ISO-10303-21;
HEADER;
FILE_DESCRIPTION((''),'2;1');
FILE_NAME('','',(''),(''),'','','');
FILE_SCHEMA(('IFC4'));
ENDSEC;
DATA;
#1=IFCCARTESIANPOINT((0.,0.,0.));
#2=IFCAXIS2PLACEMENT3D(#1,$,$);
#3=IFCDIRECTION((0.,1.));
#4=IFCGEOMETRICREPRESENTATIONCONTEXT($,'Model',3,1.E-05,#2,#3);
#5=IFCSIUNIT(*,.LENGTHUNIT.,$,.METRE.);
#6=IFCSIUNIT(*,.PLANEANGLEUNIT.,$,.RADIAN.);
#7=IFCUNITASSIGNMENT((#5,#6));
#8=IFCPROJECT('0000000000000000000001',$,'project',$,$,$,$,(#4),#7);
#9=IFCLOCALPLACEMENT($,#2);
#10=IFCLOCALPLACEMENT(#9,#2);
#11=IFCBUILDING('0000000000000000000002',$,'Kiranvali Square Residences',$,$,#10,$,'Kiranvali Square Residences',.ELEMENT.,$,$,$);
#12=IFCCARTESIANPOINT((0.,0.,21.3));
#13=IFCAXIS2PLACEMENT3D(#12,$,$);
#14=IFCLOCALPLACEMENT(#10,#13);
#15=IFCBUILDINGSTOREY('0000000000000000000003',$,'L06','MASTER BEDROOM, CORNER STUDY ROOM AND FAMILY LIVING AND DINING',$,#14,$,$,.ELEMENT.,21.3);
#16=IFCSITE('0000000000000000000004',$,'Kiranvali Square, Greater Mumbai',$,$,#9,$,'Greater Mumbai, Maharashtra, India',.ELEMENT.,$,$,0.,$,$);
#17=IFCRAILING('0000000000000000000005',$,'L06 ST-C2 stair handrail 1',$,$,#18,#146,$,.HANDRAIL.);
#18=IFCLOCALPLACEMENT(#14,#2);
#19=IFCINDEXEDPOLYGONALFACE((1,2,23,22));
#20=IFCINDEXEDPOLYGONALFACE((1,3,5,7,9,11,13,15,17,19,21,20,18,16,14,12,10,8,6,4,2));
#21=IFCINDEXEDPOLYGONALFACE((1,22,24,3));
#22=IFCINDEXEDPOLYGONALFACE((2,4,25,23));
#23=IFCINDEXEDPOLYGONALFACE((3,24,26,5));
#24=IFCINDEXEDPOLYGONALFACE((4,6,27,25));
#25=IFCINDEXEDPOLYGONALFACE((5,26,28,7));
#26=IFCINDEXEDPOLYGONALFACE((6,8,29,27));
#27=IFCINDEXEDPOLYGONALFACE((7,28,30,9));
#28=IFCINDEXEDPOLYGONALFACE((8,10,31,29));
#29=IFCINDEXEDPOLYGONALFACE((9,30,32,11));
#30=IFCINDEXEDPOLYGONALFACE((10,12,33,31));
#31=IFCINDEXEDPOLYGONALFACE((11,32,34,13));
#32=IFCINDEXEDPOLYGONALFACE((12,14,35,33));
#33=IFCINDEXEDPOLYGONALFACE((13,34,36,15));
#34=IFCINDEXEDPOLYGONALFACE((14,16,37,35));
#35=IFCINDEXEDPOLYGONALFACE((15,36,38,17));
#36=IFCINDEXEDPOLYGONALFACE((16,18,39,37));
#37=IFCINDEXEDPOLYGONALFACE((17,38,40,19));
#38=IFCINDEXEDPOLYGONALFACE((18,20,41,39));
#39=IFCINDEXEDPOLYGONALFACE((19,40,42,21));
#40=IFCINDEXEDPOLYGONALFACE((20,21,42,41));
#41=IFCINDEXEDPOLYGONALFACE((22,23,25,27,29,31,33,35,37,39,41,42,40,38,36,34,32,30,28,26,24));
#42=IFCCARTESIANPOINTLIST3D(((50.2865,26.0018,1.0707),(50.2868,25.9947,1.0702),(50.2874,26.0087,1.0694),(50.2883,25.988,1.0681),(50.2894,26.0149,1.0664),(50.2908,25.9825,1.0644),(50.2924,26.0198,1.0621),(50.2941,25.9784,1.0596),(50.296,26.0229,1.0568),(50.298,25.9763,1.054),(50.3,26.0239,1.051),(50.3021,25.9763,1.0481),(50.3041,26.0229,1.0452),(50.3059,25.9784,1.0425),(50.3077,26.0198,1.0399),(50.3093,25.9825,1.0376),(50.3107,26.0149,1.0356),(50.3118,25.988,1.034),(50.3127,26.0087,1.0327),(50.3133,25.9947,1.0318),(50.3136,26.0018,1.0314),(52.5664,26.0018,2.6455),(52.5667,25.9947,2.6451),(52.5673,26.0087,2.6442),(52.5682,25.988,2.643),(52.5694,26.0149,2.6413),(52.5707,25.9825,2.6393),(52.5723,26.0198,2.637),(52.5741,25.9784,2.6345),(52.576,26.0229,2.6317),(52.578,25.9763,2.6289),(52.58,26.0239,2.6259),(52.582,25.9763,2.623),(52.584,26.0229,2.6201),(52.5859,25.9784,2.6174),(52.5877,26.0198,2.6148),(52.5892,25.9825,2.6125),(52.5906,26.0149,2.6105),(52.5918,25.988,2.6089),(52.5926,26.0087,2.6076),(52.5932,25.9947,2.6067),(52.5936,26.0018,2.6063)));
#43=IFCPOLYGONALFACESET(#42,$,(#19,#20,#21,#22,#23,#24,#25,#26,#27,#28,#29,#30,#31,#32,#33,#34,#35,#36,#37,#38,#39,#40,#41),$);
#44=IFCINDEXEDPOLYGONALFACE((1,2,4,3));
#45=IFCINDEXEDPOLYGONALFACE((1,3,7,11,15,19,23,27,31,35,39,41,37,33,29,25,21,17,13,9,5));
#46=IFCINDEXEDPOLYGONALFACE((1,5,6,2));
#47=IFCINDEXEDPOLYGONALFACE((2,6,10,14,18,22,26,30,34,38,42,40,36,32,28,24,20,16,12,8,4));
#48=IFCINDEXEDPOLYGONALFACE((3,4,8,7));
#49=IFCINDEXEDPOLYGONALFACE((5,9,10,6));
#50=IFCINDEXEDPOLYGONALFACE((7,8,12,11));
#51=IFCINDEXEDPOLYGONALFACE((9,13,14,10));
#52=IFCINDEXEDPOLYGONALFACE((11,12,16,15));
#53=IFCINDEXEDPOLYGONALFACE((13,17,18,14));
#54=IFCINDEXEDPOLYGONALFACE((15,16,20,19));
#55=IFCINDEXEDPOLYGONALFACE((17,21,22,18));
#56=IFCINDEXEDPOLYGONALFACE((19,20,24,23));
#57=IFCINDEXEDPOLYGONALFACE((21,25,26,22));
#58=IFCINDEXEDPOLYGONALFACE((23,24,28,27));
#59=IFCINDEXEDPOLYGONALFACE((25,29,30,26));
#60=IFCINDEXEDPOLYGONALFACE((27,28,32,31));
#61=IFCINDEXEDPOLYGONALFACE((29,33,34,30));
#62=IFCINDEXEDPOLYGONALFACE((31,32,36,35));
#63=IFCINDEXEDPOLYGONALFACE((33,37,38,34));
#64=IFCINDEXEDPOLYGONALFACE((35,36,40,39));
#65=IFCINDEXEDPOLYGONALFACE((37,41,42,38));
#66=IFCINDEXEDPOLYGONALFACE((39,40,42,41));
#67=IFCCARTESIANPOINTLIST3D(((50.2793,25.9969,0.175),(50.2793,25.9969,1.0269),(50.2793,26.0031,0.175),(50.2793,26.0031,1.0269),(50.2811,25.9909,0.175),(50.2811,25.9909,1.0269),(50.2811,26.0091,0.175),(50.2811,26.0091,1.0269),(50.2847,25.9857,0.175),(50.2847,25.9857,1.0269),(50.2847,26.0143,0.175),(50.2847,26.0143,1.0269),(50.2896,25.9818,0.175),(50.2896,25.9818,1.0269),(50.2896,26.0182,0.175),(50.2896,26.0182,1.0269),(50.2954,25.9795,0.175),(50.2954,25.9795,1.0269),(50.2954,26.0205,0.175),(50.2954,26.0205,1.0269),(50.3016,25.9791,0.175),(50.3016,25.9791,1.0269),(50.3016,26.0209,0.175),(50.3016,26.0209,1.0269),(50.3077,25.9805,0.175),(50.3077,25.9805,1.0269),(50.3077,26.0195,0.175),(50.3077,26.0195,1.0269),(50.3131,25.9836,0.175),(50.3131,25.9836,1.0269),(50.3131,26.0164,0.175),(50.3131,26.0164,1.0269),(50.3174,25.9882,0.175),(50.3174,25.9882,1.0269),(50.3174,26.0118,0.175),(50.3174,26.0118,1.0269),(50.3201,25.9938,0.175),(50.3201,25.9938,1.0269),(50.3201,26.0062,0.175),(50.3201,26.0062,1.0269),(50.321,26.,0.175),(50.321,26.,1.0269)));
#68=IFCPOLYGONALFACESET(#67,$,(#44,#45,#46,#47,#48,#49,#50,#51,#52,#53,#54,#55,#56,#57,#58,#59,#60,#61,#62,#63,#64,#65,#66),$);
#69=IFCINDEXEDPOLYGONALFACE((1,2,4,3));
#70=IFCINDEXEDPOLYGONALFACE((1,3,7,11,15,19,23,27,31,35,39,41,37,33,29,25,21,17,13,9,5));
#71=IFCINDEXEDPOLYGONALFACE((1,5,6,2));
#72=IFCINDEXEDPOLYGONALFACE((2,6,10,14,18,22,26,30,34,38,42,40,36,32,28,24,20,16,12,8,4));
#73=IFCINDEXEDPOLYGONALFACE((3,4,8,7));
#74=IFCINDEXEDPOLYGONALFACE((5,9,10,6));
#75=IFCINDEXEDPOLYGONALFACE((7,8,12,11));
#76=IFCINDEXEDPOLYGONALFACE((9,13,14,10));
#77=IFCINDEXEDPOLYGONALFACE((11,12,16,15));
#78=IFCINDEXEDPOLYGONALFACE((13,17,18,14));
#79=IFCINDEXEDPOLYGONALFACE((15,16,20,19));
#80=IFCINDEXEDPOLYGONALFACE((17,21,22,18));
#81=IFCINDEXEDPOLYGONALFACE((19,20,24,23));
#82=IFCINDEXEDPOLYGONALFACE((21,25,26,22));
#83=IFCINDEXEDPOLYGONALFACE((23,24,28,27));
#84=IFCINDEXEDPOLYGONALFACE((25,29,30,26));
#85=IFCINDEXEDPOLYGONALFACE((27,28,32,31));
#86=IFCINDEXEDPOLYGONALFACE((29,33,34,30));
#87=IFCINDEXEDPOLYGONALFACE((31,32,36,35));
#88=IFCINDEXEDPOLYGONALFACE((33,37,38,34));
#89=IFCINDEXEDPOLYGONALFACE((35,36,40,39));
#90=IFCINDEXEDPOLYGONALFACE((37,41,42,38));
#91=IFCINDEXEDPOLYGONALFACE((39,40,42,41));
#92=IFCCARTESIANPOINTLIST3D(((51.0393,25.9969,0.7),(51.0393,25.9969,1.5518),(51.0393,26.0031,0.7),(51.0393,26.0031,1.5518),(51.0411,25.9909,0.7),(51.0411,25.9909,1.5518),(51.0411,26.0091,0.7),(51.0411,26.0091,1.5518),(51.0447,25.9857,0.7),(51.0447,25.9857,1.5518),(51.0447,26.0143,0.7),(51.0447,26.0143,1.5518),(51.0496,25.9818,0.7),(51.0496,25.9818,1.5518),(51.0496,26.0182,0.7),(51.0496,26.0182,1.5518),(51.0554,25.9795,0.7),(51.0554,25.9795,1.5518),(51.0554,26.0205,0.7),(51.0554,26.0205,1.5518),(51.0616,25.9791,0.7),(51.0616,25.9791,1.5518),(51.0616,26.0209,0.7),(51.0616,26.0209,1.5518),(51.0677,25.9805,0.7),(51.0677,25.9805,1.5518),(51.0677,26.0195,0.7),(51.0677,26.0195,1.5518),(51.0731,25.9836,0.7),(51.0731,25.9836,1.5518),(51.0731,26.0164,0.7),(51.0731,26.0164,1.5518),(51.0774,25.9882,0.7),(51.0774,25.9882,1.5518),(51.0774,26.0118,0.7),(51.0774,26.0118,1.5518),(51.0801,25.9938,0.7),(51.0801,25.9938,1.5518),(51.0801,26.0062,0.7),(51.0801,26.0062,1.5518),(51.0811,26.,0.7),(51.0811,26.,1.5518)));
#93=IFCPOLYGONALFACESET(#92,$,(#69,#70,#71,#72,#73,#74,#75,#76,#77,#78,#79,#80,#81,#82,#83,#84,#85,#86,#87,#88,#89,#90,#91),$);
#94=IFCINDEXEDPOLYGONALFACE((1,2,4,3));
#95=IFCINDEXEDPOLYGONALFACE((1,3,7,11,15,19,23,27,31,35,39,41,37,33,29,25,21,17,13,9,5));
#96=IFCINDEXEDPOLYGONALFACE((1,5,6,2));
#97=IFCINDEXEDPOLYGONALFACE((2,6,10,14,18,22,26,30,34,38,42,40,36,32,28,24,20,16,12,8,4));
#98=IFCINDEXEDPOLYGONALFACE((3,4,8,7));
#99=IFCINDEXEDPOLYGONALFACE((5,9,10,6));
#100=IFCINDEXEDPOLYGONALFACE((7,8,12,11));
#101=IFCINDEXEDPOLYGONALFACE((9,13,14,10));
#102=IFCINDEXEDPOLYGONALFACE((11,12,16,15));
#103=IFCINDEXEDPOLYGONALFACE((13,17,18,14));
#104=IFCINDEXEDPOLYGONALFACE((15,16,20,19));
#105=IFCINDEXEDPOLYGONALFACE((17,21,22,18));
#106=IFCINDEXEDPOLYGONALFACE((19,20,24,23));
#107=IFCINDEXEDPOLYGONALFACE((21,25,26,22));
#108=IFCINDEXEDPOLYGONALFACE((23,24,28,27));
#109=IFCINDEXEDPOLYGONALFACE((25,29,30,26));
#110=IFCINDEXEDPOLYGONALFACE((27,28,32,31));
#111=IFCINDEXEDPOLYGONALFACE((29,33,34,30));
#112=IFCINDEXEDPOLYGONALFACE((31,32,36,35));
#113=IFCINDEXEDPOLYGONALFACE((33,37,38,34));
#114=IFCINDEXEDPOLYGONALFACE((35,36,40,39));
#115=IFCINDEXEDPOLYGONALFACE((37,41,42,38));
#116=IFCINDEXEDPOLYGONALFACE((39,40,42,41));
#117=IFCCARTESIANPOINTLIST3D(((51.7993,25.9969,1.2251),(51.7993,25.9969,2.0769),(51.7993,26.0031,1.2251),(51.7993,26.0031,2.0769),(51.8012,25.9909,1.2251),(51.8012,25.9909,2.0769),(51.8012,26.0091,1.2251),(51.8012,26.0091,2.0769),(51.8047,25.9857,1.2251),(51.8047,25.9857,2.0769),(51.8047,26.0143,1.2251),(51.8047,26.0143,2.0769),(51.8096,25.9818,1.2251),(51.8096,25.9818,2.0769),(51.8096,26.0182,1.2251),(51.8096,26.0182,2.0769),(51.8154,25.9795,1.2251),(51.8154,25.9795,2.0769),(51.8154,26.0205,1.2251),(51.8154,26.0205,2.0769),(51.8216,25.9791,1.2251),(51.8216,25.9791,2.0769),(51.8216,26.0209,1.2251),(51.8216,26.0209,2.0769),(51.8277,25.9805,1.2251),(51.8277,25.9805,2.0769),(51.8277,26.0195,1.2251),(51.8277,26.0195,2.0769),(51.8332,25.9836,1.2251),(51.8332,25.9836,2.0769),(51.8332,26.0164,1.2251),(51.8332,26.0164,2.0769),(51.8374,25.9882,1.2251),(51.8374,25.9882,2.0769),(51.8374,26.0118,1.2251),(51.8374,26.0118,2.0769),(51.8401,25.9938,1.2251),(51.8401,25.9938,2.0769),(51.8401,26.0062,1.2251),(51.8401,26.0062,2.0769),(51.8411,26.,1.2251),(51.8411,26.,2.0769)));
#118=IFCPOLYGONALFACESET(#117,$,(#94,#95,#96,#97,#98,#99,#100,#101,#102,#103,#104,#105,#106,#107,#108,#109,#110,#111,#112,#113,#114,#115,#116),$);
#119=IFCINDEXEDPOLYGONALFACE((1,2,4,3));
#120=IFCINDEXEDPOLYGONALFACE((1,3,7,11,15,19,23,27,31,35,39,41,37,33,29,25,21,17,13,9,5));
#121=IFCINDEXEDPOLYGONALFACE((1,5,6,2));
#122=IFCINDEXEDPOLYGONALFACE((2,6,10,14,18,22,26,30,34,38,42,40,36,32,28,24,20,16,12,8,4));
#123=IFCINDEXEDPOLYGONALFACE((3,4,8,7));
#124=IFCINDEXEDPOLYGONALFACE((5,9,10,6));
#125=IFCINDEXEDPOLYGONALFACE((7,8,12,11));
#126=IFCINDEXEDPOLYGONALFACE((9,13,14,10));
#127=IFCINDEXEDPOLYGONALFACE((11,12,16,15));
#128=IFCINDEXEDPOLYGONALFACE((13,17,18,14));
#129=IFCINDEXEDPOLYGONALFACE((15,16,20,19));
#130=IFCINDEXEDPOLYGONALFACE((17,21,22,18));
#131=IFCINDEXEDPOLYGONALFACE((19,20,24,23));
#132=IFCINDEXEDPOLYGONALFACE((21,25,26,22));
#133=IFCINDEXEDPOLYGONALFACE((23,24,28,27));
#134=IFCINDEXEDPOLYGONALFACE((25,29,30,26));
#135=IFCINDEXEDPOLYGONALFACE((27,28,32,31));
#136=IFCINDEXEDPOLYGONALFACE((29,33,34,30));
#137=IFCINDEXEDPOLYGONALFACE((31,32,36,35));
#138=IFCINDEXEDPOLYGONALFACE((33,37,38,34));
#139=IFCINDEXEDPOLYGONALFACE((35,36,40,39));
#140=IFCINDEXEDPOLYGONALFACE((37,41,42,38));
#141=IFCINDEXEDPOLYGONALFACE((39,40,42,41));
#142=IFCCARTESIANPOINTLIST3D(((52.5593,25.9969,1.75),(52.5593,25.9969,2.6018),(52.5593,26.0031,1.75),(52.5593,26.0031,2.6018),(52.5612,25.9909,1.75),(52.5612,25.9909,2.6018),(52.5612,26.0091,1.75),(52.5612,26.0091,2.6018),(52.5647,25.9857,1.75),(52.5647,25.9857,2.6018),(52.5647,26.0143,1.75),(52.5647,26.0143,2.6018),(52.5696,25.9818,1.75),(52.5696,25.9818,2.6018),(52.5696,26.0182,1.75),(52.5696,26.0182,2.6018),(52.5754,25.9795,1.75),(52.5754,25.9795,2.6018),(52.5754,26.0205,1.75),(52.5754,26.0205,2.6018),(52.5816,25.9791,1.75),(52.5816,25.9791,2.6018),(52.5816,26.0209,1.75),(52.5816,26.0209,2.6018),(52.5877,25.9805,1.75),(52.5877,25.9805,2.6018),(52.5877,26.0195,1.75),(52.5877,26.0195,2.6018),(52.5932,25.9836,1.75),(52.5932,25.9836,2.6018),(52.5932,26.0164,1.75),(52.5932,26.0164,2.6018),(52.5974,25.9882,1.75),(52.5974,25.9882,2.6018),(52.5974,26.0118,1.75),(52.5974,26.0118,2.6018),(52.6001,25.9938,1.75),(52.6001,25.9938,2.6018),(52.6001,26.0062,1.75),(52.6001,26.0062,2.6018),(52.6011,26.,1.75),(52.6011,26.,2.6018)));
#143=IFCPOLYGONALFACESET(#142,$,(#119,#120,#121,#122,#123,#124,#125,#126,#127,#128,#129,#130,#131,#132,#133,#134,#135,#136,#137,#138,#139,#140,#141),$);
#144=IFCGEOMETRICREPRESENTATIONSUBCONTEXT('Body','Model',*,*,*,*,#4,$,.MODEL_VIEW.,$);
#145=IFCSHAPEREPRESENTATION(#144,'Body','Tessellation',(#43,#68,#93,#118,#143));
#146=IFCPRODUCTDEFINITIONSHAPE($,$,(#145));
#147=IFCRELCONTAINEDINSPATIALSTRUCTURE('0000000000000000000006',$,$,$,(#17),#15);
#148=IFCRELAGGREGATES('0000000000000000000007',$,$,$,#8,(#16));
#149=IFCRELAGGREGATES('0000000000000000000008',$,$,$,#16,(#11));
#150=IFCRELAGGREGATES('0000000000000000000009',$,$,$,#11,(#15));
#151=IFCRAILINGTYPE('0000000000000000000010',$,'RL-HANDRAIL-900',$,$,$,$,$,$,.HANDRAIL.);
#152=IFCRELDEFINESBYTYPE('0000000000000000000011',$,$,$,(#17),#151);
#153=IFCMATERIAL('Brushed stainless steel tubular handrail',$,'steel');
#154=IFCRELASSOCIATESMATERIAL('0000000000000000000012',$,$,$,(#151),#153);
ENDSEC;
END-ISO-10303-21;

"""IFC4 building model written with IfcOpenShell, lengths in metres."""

from ifc_helpers import new_model, si_unit, direction, frame, origin, origin_2d, place, context, subcontext, project, spatial, circle, extrude, material, type_object, element, save


model = new_model("IFC4")

# Units and contexts
model_context = context("Model", 3, precision=1e-05, world=origin(), true_north=direction((0.0, 1.0)))
body_context = subcontext(model_context, "Body", "Model", "MODEL_VIEW")
ifc_project = project(units=[si_unit("LENGTHUNIT", "METRE"), si_unit("PLANEANGLEUNIT", "RADIAN")], contexts=[model_context])

# Site, building, storey
site_placement = place(None, origin())
site = spatial("IfcSite", under=ifc_project, at=site_placement, Name="Kiranvali Square, Greater Mumbai", LongName="Greater Mumbai, Maharashtra, India", CompositionType="ELEMENT", RefElevation=0.0)
building_placement = place(site_placement, origin())
building = spatial("IfcBuilding", under=site, at=building_placement, Name="Kiranvali Square Residences", LongName="Kiranvali Square Residences", CompositionType="ELEMENT")
storey_placement = place(building_placement, frame((0.0, 0.0, 21.3)))
storey = spatial("IfcBuildingStorey", under=building, at=storey_placement, Name="L06", Description="MASTER BEDROOM, CORNER STUDY ROOM AND FAMILY LIVING AND DINING", CompositionType="ELEMENT", Elevation=21.3)

# Railing
ifc_material_1 = material(Name="Brushed stainless steel tubular handrail", Category="steel")
railing_type_1 = type_object("IfcRailingType", Name="RL-HANDRAIL-900", PredefinedType="HANDRAIL", material=ifc_material_1)
railing_1_placement = place(storey_placement, frame((50.3, 26.0, 0.175)))
element("IfcRailing", 1, at=railing_1_placement, inside=storey, type_object=railing_type_1, Name="L06 ST-C2 stair handrail 1", PredefinedType="HANDRAIL", context=body_context, shape_type="SweptSolid", body=[
    extrude(circle(Radius=0.0239, at=origin_2d()), frame((0.0, 0.0, 0.876), z_axis=(0.822788, 0.0, 0.568348), x_axis=(0.0, 1.0, 0.0)), (0.0, 0.0, 1.0), 2.771),
    extrude(circle(Radius=0.021, at=origin_2d()), origin(), (0.0, 0.0, 1.0), 0.8518),
    extrude(circle(Radius=0.021, at=origin_2d()), frame((0.76, 0.0, 0.5249)), (0.0, 0.0, 1.0), 0.8518),
    extrude(circle(Radius=0.021, at=origin_2d()), frame((1.52, 0.0, 1.05)), (0.0, 0.0, 1.0), 0.8518),
    extrude(circle(Radius=0.021, at=origin_2d()), frame((2.28, 0.0, 1.575)), (0.0, 0.0, 1.0), 0.8518),
])

save(model, "model.ifc")
